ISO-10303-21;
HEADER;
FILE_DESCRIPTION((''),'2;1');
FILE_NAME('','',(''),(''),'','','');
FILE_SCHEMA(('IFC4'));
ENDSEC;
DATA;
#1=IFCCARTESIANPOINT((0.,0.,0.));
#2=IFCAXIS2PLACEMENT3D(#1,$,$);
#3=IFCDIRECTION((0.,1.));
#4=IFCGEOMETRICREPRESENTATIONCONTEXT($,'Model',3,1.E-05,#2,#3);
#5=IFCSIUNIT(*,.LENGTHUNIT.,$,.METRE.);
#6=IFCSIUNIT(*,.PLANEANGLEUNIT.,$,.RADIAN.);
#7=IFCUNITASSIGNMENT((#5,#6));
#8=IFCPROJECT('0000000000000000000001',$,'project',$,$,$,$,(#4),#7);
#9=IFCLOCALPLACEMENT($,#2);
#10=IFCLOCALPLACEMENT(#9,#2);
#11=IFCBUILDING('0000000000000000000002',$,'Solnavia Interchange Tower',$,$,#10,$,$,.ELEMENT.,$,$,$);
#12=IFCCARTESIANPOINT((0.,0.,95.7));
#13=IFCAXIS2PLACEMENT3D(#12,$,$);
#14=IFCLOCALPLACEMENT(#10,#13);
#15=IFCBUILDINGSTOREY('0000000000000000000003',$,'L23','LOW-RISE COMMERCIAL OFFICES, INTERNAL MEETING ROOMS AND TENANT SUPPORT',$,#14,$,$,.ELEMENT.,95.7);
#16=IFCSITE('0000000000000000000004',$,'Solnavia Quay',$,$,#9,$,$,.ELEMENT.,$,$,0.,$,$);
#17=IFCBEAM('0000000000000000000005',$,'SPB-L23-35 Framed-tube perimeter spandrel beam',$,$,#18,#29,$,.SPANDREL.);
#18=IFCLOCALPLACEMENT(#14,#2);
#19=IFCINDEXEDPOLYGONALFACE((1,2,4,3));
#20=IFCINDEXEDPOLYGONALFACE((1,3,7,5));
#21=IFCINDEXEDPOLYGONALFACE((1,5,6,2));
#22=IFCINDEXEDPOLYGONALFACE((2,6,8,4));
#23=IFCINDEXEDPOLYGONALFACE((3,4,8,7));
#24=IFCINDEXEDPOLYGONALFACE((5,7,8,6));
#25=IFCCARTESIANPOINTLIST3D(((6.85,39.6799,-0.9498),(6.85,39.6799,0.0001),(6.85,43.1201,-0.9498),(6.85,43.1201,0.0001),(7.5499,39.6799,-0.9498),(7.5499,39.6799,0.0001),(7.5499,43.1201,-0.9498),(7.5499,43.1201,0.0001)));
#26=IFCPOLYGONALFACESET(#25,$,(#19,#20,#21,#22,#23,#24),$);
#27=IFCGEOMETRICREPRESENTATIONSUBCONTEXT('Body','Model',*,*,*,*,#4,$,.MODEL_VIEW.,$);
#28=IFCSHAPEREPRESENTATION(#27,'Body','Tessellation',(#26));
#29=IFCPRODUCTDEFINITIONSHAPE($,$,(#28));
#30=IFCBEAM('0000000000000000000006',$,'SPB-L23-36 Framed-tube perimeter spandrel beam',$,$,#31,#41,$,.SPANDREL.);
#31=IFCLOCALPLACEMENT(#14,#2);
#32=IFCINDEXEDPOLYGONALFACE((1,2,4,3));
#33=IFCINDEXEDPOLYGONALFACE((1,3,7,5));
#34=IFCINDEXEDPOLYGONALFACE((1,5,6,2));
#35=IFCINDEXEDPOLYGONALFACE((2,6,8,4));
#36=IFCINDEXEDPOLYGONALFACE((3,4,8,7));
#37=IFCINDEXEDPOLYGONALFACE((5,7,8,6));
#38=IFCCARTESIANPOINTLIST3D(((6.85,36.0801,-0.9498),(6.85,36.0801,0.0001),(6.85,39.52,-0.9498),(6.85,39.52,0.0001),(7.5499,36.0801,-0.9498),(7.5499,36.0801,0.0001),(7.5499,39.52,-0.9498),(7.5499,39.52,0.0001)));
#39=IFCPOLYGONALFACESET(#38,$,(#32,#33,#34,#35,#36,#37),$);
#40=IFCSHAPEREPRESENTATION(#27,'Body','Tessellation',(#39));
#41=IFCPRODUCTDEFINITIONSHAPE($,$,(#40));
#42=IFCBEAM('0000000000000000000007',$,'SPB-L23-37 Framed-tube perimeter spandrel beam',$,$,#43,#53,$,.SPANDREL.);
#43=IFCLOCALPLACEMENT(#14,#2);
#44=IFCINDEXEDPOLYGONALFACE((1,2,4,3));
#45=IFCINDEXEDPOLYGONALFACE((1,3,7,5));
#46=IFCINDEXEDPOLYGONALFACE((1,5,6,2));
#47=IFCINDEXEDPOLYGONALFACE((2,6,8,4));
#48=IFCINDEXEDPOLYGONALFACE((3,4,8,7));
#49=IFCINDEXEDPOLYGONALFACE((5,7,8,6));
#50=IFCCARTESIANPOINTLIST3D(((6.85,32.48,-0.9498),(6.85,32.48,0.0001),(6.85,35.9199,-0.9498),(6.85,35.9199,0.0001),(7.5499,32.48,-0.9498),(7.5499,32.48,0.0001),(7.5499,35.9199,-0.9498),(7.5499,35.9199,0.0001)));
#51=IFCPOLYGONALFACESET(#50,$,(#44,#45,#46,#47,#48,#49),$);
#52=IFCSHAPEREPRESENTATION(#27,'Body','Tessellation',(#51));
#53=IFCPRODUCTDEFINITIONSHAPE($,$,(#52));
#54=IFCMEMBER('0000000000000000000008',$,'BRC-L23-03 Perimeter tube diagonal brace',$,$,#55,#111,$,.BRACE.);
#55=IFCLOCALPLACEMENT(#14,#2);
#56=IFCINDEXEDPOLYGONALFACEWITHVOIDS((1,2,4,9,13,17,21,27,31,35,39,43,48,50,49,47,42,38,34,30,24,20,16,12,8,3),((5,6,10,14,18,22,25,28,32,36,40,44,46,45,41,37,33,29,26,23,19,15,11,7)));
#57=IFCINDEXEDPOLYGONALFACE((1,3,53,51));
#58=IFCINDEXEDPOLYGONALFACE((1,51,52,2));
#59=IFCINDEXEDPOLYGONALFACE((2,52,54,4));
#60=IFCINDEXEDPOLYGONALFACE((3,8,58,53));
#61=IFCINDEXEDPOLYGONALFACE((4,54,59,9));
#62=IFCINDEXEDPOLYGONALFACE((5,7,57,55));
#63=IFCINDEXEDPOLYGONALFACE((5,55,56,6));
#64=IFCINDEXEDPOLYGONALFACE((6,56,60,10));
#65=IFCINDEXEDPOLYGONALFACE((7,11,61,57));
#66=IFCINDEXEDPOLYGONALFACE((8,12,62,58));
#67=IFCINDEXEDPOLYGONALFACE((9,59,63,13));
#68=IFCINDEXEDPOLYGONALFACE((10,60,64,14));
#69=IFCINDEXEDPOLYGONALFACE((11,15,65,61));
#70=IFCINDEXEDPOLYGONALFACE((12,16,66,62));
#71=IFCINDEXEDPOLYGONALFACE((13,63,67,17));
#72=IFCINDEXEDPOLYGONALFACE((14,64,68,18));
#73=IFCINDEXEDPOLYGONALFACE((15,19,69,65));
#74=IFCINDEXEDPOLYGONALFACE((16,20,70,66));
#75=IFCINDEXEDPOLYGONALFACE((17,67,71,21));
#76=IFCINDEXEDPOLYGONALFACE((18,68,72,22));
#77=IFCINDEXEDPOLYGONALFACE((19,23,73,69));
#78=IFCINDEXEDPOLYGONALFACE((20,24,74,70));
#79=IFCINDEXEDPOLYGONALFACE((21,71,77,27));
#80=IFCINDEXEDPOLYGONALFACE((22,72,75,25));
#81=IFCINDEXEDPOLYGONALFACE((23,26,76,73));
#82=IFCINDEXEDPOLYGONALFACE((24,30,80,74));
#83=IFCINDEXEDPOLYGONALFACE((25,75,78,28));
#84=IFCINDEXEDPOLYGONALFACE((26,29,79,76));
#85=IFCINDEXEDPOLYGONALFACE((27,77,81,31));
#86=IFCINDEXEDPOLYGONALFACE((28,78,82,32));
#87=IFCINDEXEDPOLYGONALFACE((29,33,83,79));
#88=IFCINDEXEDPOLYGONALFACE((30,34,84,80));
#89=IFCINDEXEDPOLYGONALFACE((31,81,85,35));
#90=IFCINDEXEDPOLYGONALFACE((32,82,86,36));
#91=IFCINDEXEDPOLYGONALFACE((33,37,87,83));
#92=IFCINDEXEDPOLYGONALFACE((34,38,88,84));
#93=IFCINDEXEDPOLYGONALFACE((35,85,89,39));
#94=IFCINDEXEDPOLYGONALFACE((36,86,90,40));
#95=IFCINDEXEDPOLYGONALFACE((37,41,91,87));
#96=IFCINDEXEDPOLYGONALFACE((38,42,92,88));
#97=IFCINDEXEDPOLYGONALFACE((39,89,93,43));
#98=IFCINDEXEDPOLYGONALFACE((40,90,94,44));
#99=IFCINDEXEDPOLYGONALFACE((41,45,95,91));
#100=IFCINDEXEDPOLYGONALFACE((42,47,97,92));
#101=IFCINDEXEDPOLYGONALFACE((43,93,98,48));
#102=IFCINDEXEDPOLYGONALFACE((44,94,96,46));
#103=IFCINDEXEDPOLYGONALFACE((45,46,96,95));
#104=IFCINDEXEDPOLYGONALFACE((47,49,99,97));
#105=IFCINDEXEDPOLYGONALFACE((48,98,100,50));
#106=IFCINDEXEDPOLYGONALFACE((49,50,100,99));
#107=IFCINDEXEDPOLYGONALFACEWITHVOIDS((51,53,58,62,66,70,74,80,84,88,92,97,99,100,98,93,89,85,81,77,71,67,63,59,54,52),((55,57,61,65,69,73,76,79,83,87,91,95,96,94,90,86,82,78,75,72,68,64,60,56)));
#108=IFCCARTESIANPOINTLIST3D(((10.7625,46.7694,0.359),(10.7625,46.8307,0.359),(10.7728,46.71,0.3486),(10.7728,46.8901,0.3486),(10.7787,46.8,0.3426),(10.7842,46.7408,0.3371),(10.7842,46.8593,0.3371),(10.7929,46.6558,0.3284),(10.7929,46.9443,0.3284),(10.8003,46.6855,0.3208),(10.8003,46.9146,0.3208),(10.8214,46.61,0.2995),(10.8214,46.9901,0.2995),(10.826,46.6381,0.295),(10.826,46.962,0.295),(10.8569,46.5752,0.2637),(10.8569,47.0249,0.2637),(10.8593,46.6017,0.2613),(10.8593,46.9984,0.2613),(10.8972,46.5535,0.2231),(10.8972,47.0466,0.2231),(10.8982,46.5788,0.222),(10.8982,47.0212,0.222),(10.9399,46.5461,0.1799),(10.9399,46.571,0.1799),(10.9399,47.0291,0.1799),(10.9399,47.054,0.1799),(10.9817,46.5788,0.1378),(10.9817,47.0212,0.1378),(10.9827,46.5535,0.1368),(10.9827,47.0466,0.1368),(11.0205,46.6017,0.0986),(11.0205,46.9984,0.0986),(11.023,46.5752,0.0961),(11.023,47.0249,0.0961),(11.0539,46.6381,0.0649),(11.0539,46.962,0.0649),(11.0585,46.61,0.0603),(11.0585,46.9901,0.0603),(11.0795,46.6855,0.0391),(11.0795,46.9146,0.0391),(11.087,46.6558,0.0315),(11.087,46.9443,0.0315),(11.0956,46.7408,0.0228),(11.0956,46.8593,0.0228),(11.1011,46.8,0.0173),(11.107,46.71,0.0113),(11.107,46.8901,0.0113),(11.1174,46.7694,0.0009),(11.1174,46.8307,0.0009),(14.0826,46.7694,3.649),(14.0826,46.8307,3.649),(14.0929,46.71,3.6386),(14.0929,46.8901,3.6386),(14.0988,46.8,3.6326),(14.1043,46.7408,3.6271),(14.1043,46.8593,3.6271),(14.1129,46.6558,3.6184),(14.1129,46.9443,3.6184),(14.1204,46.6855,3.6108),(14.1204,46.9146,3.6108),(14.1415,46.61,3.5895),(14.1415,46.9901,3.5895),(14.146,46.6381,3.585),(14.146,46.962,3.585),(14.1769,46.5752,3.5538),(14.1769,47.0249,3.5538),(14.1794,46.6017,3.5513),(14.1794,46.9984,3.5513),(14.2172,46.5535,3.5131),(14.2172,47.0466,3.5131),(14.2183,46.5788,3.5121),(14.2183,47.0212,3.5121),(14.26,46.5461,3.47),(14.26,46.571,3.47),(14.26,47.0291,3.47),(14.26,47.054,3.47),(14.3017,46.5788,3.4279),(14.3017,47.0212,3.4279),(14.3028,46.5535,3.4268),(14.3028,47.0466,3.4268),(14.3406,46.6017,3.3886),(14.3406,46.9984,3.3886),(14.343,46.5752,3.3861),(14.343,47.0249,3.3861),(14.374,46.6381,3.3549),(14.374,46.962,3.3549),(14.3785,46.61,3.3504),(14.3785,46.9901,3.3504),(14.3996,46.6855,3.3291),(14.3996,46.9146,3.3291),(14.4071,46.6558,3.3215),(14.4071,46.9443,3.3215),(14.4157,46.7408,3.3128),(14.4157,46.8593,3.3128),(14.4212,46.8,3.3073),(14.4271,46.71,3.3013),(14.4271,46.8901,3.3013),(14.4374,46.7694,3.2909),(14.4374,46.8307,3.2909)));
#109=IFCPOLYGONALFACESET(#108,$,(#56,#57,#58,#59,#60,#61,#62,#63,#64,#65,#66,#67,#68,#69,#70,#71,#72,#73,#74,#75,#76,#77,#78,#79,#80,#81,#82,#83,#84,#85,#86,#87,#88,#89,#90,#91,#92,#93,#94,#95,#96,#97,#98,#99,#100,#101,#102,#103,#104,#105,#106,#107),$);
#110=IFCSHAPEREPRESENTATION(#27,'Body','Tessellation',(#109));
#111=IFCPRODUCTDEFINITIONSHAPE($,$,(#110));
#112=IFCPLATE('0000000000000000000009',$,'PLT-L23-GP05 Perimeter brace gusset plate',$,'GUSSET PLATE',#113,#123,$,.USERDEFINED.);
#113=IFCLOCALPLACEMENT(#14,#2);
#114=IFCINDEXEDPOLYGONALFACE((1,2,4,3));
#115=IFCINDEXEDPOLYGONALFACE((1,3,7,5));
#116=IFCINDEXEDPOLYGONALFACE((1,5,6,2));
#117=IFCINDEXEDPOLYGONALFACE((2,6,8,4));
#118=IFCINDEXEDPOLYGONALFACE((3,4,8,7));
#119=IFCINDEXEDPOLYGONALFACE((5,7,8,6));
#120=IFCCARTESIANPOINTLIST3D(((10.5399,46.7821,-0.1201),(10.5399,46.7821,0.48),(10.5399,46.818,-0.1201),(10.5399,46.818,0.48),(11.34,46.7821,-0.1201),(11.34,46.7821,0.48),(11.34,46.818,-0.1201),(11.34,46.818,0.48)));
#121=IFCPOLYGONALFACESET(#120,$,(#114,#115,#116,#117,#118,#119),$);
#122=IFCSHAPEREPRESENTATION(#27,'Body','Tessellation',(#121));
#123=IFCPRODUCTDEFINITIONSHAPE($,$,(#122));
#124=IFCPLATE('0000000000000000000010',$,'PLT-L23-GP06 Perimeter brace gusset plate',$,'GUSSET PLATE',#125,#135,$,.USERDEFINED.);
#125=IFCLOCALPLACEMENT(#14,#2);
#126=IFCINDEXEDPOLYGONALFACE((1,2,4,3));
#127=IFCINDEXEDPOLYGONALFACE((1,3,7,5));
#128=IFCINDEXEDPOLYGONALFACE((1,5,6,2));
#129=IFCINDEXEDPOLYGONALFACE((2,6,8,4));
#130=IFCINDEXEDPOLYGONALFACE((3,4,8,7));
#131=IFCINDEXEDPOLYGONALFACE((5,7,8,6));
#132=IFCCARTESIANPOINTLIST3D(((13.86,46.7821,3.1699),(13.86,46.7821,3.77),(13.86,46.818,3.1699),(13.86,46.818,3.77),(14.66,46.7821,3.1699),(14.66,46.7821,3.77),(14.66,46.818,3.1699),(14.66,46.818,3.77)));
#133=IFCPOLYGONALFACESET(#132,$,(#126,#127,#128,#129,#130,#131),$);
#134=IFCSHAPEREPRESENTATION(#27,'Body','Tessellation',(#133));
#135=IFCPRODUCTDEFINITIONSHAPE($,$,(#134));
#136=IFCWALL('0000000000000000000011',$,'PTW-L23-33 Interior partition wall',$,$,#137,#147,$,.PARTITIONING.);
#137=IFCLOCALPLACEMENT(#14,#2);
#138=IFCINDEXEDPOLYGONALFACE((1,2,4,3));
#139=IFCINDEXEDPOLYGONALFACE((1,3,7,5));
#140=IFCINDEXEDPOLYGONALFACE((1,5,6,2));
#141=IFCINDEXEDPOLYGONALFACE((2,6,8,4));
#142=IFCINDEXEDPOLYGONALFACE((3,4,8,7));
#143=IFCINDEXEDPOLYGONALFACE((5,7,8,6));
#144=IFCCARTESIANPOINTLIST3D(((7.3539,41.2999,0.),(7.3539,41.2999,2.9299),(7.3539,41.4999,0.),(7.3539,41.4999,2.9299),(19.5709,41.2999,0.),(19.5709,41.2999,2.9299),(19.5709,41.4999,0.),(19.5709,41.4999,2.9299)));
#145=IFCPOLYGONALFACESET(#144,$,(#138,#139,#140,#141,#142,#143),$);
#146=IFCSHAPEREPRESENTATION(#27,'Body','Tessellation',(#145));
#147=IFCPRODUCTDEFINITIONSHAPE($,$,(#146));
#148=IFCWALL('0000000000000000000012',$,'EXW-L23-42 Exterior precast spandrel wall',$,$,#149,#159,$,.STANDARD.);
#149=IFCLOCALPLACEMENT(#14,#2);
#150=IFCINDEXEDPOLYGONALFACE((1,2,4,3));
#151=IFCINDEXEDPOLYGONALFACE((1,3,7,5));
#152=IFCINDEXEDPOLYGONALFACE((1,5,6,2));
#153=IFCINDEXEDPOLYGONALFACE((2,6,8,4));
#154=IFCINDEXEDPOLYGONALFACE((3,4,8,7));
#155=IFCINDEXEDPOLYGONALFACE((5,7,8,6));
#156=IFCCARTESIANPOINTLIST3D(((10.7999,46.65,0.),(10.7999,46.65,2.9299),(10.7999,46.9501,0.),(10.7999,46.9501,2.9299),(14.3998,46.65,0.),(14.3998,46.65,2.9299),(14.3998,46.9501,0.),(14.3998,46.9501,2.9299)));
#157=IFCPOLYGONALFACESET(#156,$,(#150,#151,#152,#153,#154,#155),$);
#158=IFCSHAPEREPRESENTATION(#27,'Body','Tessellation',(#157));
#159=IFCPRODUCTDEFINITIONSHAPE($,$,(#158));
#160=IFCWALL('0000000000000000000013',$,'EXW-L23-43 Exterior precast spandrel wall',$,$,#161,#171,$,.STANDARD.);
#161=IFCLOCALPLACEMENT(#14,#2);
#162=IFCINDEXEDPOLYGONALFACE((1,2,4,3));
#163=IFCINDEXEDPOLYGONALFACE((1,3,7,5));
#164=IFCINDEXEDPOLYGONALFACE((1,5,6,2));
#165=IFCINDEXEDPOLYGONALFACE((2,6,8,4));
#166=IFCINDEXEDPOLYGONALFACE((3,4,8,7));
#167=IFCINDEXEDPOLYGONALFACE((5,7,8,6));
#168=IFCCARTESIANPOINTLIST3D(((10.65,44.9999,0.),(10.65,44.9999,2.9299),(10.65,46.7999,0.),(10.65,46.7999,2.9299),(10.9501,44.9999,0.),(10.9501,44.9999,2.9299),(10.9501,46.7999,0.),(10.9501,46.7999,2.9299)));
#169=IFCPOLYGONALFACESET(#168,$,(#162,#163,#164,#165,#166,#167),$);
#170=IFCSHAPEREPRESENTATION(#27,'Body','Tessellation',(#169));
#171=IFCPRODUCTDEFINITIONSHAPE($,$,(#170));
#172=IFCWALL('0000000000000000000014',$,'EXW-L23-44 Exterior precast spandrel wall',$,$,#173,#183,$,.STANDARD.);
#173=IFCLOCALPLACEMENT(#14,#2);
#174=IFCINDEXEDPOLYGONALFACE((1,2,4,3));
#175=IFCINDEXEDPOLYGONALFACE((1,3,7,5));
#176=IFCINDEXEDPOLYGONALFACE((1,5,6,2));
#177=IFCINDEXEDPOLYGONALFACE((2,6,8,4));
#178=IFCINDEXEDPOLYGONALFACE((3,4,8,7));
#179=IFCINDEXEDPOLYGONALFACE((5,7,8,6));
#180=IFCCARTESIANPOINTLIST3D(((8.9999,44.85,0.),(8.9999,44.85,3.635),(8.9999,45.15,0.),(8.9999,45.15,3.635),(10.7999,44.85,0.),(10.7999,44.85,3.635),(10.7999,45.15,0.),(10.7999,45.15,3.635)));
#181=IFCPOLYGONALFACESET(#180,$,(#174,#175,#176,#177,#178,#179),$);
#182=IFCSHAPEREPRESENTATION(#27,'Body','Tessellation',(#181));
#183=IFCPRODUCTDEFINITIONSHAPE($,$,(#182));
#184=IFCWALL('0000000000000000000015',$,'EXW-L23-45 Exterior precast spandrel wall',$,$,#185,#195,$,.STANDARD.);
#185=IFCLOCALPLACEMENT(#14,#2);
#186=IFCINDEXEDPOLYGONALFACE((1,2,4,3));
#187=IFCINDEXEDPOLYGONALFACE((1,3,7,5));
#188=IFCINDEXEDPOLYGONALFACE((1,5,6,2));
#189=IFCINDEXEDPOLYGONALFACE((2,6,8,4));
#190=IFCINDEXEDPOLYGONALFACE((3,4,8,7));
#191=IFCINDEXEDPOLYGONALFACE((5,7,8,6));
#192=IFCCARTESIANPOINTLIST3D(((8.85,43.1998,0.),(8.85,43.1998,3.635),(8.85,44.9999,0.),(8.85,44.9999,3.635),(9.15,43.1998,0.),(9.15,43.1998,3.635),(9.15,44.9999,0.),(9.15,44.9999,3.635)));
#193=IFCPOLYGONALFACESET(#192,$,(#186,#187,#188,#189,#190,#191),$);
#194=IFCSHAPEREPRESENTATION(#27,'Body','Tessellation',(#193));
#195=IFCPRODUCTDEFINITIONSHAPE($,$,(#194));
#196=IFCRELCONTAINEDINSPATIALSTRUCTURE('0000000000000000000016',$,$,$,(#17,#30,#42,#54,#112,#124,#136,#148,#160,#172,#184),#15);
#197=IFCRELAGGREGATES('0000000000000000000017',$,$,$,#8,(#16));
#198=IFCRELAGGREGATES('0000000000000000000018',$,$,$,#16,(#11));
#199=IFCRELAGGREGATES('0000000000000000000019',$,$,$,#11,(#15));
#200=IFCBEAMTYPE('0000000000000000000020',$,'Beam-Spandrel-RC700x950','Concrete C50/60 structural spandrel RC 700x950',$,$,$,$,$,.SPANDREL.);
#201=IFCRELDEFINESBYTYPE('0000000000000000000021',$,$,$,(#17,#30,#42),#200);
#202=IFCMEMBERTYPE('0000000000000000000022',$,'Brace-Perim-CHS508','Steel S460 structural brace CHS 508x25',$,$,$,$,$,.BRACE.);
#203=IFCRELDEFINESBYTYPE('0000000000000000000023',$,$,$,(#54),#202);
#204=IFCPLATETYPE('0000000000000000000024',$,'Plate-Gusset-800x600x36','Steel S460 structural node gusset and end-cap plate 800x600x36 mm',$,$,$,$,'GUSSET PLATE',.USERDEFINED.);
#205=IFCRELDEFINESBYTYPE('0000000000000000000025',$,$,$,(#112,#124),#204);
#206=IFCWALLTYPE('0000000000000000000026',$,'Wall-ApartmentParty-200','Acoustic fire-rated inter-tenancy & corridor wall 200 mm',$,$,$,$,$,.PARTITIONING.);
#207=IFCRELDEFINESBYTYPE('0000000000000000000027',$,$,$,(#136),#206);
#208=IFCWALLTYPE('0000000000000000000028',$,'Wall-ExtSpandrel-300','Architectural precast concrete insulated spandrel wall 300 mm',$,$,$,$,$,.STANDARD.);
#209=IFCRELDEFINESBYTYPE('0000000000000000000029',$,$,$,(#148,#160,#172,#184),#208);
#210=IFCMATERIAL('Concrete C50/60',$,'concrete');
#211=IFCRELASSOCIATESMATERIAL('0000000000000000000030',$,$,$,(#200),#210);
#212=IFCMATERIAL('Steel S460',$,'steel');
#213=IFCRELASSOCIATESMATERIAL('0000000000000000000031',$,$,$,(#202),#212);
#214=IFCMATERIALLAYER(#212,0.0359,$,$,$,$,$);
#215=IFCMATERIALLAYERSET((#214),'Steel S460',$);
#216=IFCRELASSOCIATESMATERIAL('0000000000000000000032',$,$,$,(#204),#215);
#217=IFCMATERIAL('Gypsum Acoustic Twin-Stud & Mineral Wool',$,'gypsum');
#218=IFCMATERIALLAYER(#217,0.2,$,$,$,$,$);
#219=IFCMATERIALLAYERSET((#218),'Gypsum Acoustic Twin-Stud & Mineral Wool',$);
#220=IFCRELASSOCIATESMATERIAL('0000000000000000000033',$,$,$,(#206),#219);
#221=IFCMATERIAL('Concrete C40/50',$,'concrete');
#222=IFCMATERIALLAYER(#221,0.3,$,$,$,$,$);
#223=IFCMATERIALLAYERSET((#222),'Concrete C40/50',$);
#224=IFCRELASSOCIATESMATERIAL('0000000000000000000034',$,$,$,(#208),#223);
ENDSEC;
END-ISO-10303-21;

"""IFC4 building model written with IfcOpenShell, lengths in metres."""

from ifc_helpers import new_model, si_unit, direction, frame, frame_2d, origin, origin_2d, place, context, subcontext, project, spatial, rectangle, hollow_circle, extrude, material, layer, layer_set, material_profile, profile_set, type_object, element, save


model = new_model("IFC4")

# Units and contexts
model_context = context("Model", 3, precision=1e-05, world=origin(), true_north=direction((0.0, 1.0)))
body_context = subcontext(model_context, "Body", "Model", "MODEL_VIEW")
ifc_project = project(units=[si_unit("LENGTHUNIT", "METRE"), si_unit("PLANEANGLEUNIT", "RADIAN")], contexts=[model_context])

# Site, building, storey
site_placement = place(None, origin())
site = spatial("IfcSite", under=ifc_project, at=site_placement, Name="Solnavia Quay", CompositionType="ELEMENT", RefElevation=0.0)
building_placement = place(site_placement, origin())
building = spatial("IfcBuilding", under=site, at=building_placement, Name="Solnavia Interchange Tower", CompositionType="ELEMENT")
storey_placement = place(building_placement, frame((0.0, 0.0, 95.7)))
storey = spatial("IfcBuildingStorey", under=building, at=storey_placement, Name="L23", Description="LOW-RISE COMMERCIAL OFFICES, INTERNAL MEETING ROOMS AND TENANT SUPPORT", CompositionType="ELEMENT", Elevation=95.7)

# Shared definitions
ifc_material_1 = material(Name="Concrete C50/60", Category="concrete")

# Beams
ifc_material_profile_1 = material_profile(ifc_material_1, rectangle(XDim=0.7, YDim=0.95, at=origin_2d()), Name="RC 700x950")
ifc_profile_set_1 = profile_set([ifc_material_profile_1], Name="Concrete C50/60")
beam_type_1 = type_object("IfcBeamType", Name="Beam-Spandrel-RC700x950", Description="Concrete C50/60 structural spandrel RC 700x950", PredefinedType="SPANDREL", material=ifc_profile_set_1)
beam_1_placement = place(storey_placement, frame((7.2, 43.1201, -0.4749), z_axis=(0.0, -1.0, 0.0), x_axis=(1.0, 0.0, 0.0)))
element("IfcBeam", 1, at=beam_1_placement, inside=storey, type_object=beam_type_1, Name="SPB-L23-35 Framed-tube perimeter spandrel beam", PredefinedType="SPANDREL", context=body_context, shape_type="SweptSolid", body=[
    extrude(rectangle(XDim=0.7, YDim=0.95, at=origin_2d()), origin(), (0.0, 0.0, 1.0), 3.4402),
])
for number, where, z_axis, x_axis, name in (
    (2, (7.2, 39.52, -0.4749), (0.0, -1.0, 0.0), (1.0, 0.0, 0.0), "SPB-L23-36 Framed-tube perimeter spandrel beam"),
    (3, (7.2, 35.9199, -0.4749), (0.0, -1.0, 0.0), (1.0, 0.0, 0.0), "SPB-L23-37 Framed-tube perimeter spandrel beam"),
):
    element("IfcBeam", number, at=place(storey_placement, frame(where, z_axis=z_axis, x_axis=x_axis)), inside=storey, type_object=beam_type_1, Name=name, PredefinedType="SPANDREL", context=body_context, shape_type="SweptSolid", body=[
        extrude(rectangle(XDim=0.7, YDim=0.95, at=origin_2d()), origin(), (0.0, 0.0, 1.0), 3.4399),
    ])

# Member
ifc_material_2 = material(Name="Steel S460", Category="steel")
ifc_material_profile_2 = material_profile(ifc_material_2, hollow_circle(Radius=0.2539, WallThickness=0.0249, at=origin_2d()), Name="CHS 508x25")
ifc_profile_set_2 = profile_set([ifc_material_profile_2], Name="Steel S460")
member_type = type_object("IfcMemberType", Name="Brace-Perim-CHS508", Description="Steel S460 structural brace CHS 508x25", PredefinedType="BRACE", material=ifc_profile_set_2)
member_placement = place(storey_placement, frame((10.9399, 46.8, 0.1799), z_axis=(0.710312, 0.0, 0.703887), x_axis=(0.0, 1.0, 0.0)))
element("IfcMember", 4, at=member_placement, inside=storey, type_object=member_type, Name="BRC-L23-03 Perimeter tube diagonal brace", PredefinedType="BRACE", context=body_context, shape_type="SweptSolid", body=[
    extrude(hollow_circle(Radius=0.2539, WallThickness=0.0249, at=origin_2d()), origin(), (0.0, 0.0, 1.0), 4.6741),
])

# Plates
ifc_layer_1 = layer(ifc_material_2, 0.0359)
ifc_layer_set_1 = layer_set([ifc_layer_1], Name="Steel S460")
plate_type = type_object("IfcPlateType", Name="Plate-Gusset-800x600x36", Description="Steel S460 structural node gusset and end-cap plate 800x600x36 mm", ElementType="GUSSET PLATE", PredefinedType="USERDEFINED", material=ifc_layer_set_1)
for number, where, z_axis, x_axis, name in (
    (5, (10.9399, 46.8, -0.1201), (0.0, 0.0, 1.0), (1.0, 0.0, 0.0), "PLT-L23-GP05 Perimeter brace gusset plate"),
    (6, (14.26, 46.8, 3.1699), (0.0, 0.0, 1.0), (1.0, 0.0, 0.0), "PLT-L23-GP06 Perimeter brace gusset plate"),
):
    element("IfcPlate", number, at=place(storey_placement, frame(where, z_axis=z_axis, x_axis=x_axis)), inside=storey, type_object=plate_type, Name=name, ObjectType="GUSSET PLATE", PredefinedType="USERDEFINED", context=body_context, shape_type="SweptSolid", body=[
        extrude(rectangle(XDim=0.8, YDim=0.0359, at=origin_2d()), origin(), (0.0, 0.0, 1.0), 0.6001),
    ])

# Walls
ifc_material_3 = material(Name="Gypsum Acoustic Twin-Stud & Mineral Wool", Category="gypsum")
ifc_layer_2 = layer(ifc_material_3, 0.2)
ifc_layer_set_2 = layer_set([ifc_layer_2], Name="Gypsum Acoustic Twin-Stud & Mineral Wool")
wall_type_1 = type_object("IfcWallType", Name="Wall-ApartmentParty-200", Description="Acoustic fire-rated inter-tenancy & corridor wall 200 mm", PredefinedType="PARTITIONING", material=ifc_layer_set_2)
wall_1_placement = place(storey_placement, frame((7.354, 41.3999, 0.0), z_axis=(0.0, 0.0, 1.0), x_axis=(1.0, 0.0, 0.0)))
element("IfcWall", 7, at=wall_1_placement, inside=storey, type_object=wall_type_1, Name="PTW-L23-33 Interior partition wall", PredefinedType="PARTITIONING", context=body_context, shape_type="SweptSolid", body=[
    extrude(rectangle(XDim=12.217, YDim=0.2, at=frame_2d((6.1084, 0.0))), origin(), (0.0, 0.0, 1.0), 2.9299),
])
ifc_material_4 = material(Name="Concrete C40/50", Category="concrete")
ifc_layer_3 = layer(ifc_material_4, 0.3)
ifc_layer_set_3 = layer_set([ifc_layer_3], Name="Concrete C40/50")
wall_type_2 = type_object("IfcWallType", Name="Wall-ExtSpandrel-300", Description="Architectural precast concrete insulated spandrel wall 300 mm", PredefinedType="STANDARD", material=ifc_layer_set_3)
wall_2_placement = place(storey_placement, frame((10.8, 46.8, 0.0), z_axis=(0.0, 0.0, 1.0), x_axis=(1.0, 0.0, 0.0)))
element("IfcWall", 8, at=wall_2_placement, inside=storey, type_object=wall_type_2, Name="EXW-L23-42 Exterior precast spandrel wall", PredefinedType="STANDARD", context=body_context, shape_type="SweptSolid", body=[
    extrude(rectangle(XDim=3.5999, YDim=0.3, at=frame_2d((1.7998, 0.0))), origin(), (0.0, 0.0, 1.0), 2.9299),
])
wall_3_placement = place(storey_placement, frame((10.8, 45.0, 0.0), z_axis=(0.0, 0.0, 1.0), x_axis=(0.0, 1.0, 0.0)))
element("IfcWall", 9, at=wall_3_placement, inside=storey, type_object=wall_type_2, Name="EXW-L23-43 Exterior precast spandrel wall", PredefinedType="STANDARD", context=body_context, shape_type="SweptSolid", body=[
    extrude(rectangle(XDim=1.8, YDim=0.3, at=frame_2d((0.8999, 0.0))), origin(), (0.0, 0.0, 1.0), 2.9299),
])
for number, where, z_axis, x_axis, name in (
    (10, (9.0, 45.0, 0.0), (0.0, 0.0, 1.0), (1.0, 0.0, 0.0), "EXW-L23-44 Exterior precast spandrel wall"),
    (11, (9.0, 43.2, 0.0), (0.0, 0.0, 1.0), (0.0, 1.0, 0.0), "EXW-L23-45 Exterior precast spandrel wall"),
):
    element("IfcWall", number, at=place(storey_placement, frame(where, z_axis=z_axis, x_axis=x_axis)), inside=storey, type_object=wall_type_2, Name=name, PredefinedType="STANDARD", context=body_context, shape_type="SweptSolid", body=[
        extrude(rectangle(XDim=1.8, YDim=0.3, at=frame_2d((0.8999, 0.0))), origin(), (0.0, 0.0, 1.0), 3.635),
    ])

save(model, "model.ifc")
